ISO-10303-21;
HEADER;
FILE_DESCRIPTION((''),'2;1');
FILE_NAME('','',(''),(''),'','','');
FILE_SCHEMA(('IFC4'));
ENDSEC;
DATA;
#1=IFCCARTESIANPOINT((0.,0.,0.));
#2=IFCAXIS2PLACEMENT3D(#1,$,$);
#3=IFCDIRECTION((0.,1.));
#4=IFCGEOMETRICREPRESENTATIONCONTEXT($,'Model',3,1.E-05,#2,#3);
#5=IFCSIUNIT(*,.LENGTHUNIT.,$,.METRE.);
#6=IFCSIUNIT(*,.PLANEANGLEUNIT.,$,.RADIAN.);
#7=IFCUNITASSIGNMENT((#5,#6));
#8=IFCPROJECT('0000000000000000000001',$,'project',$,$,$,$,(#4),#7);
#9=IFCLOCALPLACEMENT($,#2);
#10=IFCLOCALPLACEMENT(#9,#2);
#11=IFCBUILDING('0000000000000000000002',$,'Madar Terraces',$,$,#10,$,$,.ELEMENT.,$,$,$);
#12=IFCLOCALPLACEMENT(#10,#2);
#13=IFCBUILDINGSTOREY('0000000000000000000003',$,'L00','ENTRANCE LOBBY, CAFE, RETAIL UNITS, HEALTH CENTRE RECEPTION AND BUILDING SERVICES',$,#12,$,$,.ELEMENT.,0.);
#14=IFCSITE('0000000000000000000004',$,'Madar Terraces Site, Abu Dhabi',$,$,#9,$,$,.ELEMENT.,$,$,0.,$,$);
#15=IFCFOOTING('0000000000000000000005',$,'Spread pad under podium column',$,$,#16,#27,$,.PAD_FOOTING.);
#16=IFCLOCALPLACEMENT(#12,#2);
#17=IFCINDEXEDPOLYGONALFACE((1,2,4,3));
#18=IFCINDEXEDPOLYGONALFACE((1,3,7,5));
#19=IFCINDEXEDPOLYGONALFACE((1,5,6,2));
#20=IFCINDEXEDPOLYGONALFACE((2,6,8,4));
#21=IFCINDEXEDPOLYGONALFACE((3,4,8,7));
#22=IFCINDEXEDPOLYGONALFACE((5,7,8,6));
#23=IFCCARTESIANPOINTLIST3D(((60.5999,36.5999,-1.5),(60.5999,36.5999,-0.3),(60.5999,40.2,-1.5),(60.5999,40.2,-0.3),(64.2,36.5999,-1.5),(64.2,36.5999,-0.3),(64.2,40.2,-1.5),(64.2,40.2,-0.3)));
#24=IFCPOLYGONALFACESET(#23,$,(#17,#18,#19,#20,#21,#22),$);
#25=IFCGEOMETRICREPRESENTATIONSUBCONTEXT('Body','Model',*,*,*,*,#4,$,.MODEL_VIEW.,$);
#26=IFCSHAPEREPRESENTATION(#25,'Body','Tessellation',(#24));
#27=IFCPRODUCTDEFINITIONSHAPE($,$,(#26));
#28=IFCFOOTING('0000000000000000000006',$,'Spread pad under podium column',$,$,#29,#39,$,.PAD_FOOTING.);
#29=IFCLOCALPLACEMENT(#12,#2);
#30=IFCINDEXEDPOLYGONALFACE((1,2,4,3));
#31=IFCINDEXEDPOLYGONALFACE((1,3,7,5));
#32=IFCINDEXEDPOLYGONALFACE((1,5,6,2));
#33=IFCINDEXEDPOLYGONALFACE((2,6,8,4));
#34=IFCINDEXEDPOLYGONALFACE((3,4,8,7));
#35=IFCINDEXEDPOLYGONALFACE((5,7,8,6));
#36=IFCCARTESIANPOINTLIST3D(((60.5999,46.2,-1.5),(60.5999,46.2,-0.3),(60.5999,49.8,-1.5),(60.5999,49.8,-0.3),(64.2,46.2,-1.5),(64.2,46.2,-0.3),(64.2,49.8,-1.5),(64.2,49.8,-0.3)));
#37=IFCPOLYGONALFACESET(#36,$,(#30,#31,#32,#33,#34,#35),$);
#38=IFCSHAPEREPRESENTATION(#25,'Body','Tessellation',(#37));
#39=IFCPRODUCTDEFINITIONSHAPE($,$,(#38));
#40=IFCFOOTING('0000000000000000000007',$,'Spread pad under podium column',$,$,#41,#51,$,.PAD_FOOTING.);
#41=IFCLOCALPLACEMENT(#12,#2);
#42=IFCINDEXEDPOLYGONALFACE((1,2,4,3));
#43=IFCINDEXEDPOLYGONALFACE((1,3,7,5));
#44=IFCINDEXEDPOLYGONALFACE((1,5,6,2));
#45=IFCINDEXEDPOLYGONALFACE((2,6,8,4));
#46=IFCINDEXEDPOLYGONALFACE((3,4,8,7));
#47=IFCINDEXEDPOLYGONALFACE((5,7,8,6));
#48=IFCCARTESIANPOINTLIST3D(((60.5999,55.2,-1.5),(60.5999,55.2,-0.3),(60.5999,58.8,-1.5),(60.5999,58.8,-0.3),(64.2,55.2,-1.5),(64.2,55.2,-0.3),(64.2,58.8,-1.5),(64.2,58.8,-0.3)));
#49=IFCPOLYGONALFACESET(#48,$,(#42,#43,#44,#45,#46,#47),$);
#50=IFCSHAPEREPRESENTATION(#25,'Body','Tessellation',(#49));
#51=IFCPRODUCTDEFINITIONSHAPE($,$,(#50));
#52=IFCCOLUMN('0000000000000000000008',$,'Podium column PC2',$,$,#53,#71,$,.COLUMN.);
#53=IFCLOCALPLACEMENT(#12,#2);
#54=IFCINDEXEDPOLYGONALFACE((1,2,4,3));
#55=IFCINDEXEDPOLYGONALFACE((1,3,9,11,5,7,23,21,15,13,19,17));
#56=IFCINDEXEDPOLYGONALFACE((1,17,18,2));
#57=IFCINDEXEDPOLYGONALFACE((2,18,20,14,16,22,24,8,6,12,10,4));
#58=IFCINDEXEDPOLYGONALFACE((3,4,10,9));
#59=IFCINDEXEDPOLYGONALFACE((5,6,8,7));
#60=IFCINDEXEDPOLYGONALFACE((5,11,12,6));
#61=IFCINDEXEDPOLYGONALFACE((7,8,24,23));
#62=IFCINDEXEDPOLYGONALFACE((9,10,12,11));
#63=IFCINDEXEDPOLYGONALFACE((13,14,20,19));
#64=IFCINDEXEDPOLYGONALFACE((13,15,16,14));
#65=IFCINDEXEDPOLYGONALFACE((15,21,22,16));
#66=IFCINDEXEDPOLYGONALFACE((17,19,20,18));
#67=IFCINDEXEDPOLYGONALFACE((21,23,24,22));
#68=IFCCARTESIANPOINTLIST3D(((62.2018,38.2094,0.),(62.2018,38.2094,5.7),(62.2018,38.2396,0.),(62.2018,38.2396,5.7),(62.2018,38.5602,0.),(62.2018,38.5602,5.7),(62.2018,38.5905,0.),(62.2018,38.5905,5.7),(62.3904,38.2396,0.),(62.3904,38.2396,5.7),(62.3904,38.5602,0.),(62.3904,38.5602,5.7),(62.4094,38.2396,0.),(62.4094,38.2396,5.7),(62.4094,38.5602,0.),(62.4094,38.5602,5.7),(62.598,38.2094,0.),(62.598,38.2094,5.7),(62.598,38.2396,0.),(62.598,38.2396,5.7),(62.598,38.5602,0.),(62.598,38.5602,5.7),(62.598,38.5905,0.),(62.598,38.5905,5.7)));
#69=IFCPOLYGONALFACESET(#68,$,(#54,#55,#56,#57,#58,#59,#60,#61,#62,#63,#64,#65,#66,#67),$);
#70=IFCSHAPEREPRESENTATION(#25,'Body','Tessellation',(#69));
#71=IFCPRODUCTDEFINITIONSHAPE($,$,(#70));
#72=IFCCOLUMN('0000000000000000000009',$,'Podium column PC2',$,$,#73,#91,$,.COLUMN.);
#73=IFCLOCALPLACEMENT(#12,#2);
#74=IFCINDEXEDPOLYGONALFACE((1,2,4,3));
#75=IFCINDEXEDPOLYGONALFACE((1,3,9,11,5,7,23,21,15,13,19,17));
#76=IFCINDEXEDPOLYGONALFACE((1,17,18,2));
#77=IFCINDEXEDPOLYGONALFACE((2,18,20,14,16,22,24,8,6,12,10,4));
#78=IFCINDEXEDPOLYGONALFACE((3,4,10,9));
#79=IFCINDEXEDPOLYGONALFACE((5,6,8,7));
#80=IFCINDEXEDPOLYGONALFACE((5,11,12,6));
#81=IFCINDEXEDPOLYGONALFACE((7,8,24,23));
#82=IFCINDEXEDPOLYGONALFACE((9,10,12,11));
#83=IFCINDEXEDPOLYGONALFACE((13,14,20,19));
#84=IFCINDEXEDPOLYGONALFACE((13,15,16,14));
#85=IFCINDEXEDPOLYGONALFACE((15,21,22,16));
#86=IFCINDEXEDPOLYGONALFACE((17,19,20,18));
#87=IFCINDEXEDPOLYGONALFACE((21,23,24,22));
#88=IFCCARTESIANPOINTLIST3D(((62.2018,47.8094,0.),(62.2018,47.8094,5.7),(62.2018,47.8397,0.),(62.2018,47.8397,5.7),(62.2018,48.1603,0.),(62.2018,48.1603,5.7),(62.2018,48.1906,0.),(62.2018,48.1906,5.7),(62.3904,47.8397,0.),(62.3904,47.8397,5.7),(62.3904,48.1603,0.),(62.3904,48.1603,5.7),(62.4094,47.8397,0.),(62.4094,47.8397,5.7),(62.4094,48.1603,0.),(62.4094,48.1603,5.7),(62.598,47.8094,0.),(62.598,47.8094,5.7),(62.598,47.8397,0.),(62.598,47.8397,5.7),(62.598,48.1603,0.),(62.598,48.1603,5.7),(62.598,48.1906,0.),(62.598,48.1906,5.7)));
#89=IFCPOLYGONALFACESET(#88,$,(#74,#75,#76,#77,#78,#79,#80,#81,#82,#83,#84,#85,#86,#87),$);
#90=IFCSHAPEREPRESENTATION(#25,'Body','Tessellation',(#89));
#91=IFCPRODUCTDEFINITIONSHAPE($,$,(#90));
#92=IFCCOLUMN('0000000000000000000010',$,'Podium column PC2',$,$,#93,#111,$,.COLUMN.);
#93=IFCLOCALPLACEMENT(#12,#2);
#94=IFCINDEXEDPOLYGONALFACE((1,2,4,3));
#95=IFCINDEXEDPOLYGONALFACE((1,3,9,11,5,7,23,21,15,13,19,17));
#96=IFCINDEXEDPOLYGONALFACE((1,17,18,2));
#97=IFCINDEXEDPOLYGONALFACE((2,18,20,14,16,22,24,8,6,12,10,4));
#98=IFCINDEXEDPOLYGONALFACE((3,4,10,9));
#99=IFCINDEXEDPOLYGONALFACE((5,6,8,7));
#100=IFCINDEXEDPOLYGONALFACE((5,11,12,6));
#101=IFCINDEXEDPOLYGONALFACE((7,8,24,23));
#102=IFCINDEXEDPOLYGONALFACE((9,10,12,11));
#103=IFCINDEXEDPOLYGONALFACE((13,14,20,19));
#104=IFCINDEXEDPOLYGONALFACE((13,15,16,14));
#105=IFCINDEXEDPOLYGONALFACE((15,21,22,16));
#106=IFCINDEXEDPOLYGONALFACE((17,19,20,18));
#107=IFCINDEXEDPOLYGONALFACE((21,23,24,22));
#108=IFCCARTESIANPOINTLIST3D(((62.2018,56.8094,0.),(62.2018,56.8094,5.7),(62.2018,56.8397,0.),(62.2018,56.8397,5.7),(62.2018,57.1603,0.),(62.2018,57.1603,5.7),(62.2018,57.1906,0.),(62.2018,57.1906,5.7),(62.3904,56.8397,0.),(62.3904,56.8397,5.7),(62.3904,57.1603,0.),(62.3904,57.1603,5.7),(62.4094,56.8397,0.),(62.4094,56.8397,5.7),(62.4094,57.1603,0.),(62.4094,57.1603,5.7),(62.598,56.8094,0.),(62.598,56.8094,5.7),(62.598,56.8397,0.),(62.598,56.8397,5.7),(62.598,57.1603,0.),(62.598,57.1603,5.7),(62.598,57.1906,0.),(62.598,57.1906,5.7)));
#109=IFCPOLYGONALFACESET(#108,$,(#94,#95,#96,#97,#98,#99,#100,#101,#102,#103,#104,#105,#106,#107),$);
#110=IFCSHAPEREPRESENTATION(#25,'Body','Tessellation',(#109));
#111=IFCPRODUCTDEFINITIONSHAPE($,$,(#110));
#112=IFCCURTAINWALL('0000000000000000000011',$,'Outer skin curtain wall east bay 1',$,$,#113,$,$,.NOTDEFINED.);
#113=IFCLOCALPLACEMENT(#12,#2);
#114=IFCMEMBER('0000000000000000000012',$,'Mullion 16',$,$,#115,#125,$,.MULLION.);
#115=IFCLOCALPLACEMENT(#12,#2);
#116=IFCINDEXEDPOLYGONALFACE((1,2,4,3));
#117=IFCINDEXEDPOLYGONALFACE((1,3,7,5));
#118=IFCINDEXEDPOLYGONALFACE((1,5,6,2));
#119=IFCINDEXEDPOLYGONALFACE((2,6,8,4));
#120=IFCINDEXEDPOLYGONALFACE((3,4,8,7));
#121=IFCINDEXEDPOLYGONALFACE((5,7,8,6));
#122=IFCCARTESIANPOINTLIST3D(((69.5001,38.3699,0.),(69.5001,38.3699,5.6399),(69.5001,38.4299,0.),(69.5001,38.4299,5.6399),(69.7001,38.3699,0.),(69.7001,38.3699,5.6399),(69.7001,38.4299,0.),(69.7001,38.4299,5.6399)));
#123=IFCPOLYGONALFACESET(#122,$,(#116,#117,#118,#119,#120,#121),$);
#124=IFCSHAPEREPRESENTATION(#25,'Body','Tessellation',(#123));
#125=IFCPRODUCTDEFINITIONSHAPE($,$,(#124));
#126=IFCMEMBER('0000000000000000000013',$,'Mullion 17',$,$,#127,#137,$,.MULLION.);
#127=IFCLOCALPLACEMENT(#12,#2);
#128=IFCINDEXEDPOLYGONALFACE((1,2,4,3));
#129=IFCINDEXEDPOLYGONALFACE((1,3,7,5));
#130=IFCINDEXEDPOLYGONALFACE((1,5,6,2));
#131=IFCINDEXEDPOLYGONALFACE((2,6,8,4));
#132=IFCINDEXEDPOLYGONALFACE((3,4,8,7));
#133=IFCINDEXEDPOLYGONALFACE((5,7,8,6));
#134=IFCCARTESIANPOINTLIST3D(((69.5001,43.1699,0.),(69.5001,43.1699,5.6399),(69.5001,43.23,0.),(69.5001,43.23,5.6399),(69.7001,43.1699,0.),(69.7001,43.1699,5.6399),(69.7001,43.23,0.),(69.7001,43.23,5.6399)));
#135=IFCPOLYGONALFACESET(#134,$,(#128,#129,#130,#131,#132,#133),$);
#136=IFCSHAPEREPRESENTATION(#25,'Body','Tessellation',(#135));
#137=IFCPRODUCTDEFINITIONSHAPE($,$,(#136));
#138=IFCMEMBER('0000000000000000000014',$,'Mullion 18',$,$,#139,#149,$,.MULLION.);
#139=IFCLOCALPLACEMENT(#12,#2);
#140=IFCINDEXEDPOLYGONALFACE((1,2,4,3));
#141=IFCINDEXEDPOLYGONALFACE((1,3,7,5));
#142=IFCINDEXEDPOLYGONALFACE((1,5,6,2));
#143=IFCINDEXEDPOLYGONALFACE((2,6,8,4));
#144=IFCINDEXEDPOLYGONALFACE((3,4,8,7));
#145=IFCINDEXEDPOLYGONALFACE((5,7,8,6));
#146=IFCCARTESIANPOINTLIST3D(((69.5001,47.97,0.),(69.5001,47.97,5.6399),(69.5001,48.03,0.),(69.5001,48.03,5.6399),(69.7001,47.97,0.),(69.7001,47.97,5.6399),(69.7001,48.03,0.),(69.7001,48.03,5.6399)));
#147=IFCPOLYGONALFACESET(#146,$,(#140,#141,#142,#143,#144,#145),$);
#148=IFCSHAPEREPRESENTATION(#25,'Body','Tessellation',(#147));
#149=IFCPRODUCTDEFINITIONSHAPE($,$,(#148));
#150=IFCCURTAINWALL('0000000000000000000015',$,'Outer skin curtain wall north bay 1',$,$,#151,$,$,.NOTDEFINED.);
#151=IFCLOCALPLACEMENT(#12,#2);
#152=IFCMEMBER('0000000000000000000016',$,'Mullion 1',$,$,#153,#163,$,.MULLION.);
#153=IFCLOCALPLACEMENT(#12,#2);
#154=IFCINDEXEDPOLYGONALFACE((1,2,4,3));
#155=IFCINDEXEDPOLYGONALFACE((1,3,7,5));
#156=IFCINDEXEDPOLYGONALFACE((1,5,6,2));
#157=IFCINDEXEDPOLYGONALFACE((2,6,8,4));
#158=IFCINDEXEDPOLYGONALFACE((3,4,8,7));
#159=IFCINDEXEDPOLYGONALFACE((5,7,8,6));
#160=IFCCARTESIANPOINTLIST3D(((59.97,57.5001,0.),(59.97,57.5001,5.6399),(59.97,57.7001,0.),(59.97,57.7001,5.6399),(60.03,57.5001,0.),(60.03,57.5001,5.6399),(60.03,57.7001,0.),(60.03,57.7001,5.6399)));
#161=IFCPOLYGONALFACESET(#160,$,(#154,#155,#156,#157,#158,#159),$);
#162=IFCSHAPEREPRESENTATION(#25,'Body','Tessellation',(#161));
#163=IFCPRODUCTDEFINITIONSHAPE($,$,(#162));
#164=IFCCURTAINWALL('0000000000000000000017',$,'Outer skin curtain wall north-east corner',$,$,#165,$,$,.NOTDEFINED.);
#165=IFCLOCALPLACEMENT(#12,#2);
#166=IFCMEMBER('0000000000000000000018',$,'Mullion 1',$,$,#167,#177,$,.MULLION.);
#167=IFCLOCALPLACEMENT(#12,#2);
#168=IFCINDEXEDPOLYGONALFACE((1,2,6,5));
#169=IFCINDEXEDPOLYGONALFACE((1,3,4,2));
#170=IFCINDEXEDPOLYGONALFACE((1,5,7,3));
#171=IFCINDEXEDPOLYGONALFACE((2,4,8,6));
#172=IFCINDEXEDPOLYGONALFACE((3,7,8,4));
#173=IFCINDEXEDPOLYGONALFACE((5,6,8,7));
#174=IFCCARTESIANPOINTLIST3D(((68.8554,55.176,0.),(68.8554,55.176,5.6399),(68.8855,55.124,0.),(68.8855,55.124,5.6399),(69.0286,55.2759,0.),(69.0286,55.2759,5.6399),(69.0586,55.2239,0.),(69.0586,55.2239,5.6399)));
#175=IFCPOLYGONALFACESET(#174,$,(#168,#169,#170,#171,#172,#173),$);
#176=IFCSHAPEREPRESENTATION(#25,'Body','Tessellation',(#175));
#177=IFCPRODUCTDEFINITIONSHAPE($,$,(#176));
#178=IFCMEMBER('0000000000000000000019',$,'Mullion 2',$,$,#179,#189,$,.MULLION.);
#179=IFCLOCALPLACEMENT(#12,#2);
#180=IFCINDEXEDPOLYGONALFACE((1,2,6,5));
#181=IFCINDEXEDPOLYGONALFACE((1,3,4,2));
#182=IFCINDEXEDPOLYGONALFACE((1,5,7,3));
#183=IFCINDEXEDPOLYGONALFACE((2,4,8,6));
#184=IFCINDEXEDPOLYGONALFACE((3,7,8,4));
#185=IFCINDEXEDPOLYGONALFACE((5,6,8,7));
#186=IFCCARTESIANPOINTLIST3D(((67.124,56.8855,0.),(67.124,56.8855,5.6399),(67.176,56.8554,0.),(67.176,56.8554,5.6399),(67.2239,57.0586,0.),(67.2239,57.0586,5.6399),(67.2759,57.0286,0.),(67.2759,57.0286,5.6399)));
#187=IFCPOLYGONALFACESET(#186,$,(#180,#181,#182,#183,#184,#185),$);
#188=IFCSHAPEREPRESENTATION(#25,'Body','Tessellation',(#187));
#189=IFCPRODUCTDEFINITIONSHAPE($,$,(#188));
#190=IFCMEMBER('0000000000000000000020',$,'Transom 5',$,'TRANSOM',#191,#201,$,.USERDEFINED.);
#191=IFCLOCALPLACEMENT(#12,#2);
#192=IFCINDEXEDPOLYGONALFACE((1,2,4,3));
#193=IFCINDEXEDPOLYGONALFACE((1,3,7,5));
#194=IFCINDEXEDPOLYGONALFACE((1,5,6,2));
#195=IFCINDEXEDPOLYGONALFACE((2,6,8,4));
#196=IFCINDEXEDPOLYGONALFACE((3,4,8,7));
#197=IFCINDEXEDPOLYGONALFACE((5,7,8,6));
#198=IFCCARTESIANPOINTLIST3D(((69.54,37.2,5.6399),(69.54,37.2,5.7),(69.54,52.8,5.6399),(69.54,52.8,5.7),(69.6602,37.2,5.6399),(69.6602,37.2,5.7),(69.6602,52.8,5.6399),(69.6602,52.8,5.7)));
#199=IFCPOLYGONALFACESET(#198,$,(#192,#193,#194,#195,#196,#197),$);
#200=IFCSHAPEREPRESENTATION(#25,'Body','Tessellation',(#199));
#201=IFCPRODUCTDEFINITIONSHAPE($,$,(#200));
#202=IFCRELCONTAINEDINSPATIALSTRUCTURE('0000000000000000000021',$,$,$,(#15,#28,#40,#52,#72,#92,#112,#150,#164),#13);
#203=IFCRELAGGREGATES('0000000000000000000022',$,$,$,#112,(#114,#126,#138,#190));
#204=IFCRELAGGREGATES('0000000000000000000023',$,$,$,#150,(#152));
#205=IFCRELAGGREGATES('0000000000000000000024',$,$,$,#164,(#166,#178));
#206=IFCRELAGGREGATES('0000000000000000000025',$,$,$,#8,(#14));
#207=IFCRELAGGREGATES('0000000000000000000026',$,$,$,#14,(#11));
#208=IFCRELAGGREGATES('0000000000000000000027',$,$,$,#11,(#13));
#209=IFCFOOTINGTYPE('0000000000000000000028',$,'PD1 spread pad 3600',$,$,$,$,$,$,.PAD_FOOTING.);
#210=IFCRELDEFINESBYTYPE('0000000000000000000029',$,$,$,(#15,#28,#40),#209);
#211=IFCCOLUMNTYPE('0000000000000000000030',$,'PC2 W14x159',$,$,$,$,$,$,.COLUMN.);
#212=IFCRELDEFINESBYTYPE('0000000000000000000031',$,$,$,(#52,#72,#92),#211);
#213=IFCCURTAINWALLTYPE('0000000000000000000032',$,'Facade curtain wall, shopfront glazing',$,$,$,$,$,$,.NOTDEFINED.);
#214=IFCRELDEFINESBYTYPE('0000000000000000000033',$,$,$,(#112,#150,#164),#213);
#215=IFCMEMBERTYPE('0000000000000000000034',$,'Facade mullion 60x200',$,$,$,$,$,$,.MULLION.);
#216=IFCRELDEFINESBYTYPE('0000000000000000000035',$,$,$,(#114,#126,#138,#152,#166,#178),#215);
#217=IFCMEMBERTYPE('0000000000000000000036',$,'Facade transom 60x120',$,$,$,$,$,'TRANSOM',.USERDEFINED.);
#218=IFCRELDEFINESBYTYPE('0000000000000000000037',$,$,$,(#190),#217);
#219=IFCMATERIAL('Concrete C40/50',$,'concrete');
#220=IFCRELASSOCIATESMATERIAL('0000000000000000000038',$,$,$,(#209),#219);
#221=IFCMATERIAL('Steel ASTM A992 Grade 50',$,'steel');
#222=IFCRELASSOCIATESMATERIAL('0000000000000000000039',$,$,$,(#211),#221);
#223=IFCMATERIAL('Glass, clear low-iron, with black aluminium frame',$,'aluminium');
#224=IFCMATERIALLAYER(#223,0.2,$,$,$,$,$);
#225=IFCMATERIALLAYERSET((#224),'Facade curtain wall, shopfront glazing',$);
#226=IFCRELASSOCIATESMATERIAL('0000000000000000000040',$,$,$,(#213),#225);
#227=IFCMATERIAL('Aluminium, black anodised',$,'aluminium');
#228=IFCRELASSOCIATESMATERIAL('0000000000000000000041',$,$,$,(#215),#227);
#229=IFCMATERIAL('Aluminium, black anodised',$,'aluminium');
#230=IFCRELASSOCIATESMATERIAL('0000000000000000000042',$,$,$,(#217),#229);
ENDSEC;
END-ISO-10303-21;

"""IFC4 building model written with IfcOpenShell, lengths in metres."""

from ifc_helpers import new_model, si_unit, direction, frame, origin, origin_2d, place, context, subcontext, project, spatial, rectangle, i_section, extrude, material, layer, layer_set, material_profile, profile_set, type_object, element, aggregate, save


model = new_model("IFC4")

# Units and contexts
model_context = context("Model", 3, precision=1e-05, world=origin(), true_north=direction((0.0, 1.0)))
body_context = subcontext(model_context, "Body", "Model", "MODEL_VIEW")
ifc_project = project(units=[si_unit("LENGTHUNIT", "METRE"), si_unit("PLANEANGLEUNIT", "RADIAN")], contexts=[model_context])

# Site, building, storey
site_placement = place(None, origin())
site = spatial("IfcSite", under=ifc_project, at=site_placement, Name="Madar Terraces Site, Abu Dhabi", CompositionType="ELEMENT", RefElevation=0.0)
building_placement = place(site_placement, origin())
building = spatial("IfcBuilding", under=site, at=building_placement, Name="Madar Terraces", CompositionType="ELEMENT")
storey_placement = place(building_placement, origin())
storey = spatial("IfcBuildingStorey", under=building, at=storey_placement, Name="L00", Description="ENTRANCE LOBBY, CAFE, RETAIL UNITS, HEALTH CENTRE RECEPTION AND BUILDING SERVICES", CompositionType="ELEMENT", Elevation=0.0)

# Footings
ifc_material_1 = material(Name="Concrete C40/50", Category="concrete")
footing_type = type_object("IfcFootingType", Name="PD1 spread pad 3600", PredefinedType="PAD_FOOTING", material=ifc_material_1)
for number, where, z_axis, x_axis, name in (
    (1, (62.3999, 38.3999, -1.5), (0.0, 0.0, 1.0), (1.0, 0.0, 0.0), "Spread pad under podium column"),
    (2, (62.3999, 48.0, -1.5), (0.0, 0.0, 1.0), (1.0, 0.0, 0.0), "Spread pad under podium column"),
    (3, (62.3999, 57.0, -1.5), (0.0, 0.0, 1.0), (1.0, 0.0, 0.0), "Spread pad under podium column"),
):
    element("IfcFooting", number, at=place(storey_placement, frame(where, z_axis=z_axis, x_axis=x_axis)), inside=storey, type_object=footing_type, Name=name, PredefinedType="PAD_FOOTING", context=body_context, shape_type="SweptSolid", body=[
        extrude(rectangle(XDim=3.6001, YDim=3.6001, at=origin_2d()), origin(), (0.0, 0.0, 1.0), 1.2),
    ])

# Columns
ifc_material_2 = material(Name="Steel ASTM A992 Grade 50", Category="steel")
ifc_material_profile_1 = material_profile(ifc_material_2, i_section(OverallWidth=0.3962, OverallDepth=0.3811, WebThickness=0.019, FlangeThickness=0.0303, at=origin_2d()), Name="W14x159")
ifc_profile_set_1 = profile_set([ifc_material_profile_1], Name="Steel ASTM A992 Grade 50")
column_type = type_object("IfcColumnType", Name="PC2 W14x159", PredefinedType="COLUMN", material=ifc_profile_set_1)
for number, where, z_axis, x_axis, name in (
    (4, (62.3999, 38.3999, 0.0), (0.0, 0.0, 1.0), (1.0, 0.0, 0.0), "Podium column PC2"),
    (5, (62.3999, 48.0, 0.0), (0.0, 0.0, 1.0), (1.0, 0.0, 0.0), "Podium column PC2"),
    (6, (62.3999, 57.0, 0.0), (0.0, 0.0, 1.0), (1.0, 0.0, 0.0), "Podium column PC2"),
):
    element("IfcColumn", number, at=place(storey_placement, frame(where, z_axis=z_axis, x_axis=x_axis)), inside=storey, type_object=column_type, Name=name, PredefinedType="COLUMN", context=body_context, shape_type="SweptSolid", body=[
        extrude(i_section(OverallWidth=0.3962, OverallDepth=0.3811, WebThickness=0.019, FlangeThickness=0.0303, at=origin_2d()), origin(), (0.0, 0.0, 1.0), 5.7),
    ])

# Curtain wall, members
ifc_material_3 = material(Name="Glass, clear low-iron, with black aluminium frame", Category="aluminium")
ifc_layer_1 = layer(ifc_material_3, 0.2)
ifc_layer_set_1 = layer_set([ifc_layer_1], Name="Facade curtain wall, shopfront glazing")
curtain_wall_type = type_object("IfcCurtainWallType", Name="Facade curtain wall, shopfront glazing", PredefinedType="NOTDEFINED", material=ifc_layer_set_1)
curtain_wall_1_placement = place(storey_placement, origin())
curtain_wall_1 = element("IfcCurtainWall", 7, at=curtain_wall_1_placement, inside=storey, type_object=curtain_wall_type, Name="Outer skin curtain wall east bay 1", PredefinedType="NOTDEFINED")
ifc_material_4 = material(Name="Aluminium, black anodised", Category="aluminium")
ifc_material_profile_2 = material_profile(ifc_material_4, rectangle(XDim=0.2, YDim=0.0601, at=origin_2d()), Name="Facade mullion 60x200")
ifc_profile_set_2 = profile_set([ifc_material_profile_2], Name="Aluminium, black anodised")
member_type_1 = type_object("IfcMemberType", Name="Facade mullion 60x200", PredefinedType="MULLION", material=ifc_profile_set_2)
member_1_placement = place(storey_placement, frame((69.6001, 38.3999, 0.0), z_axis=(0.0, 0.0, 1.0), x_axis=(-1.0, 0.0, 0.0)))
member_1 = element("IfcMember", 8, at=member_1_placement, type_object=member_type_1, Name="Mullion 16", PredefinedType="MULLION", context=body_context, shape_type="SweptSolid", body=[
    extrude(rectangle(XDim=0.2, YDim=0.0601, at=origin_2d()), origin(), (0.0, 0.0, 1.0), 5.6399),
])
member_2_placement = place(storey_placement, frame((69.6001, 43.2, 0.0), z_axis=(0.0, 0.0, 1.0), x_axis=(-1.0, 0.0, 0.0)))
member_2 = element("IfcMember", 9, at=member_2_placement, type_object=member_type_1, Name="Mullion 17", PredefinedType="MULLION", context=body_context, shape_type="SweptSolid", body=[
    extrude(rectangle(XDim=0.2, YDim=0.0601, at=origin_2d()), origin(), (0.0, 0.0, 1.0), 5.6399),
])
member_3_placement = place(storey_placement, frame((69.6001, 48.0, 0.0), z_axis=(0.0, 0.0, 1.0), x_axis=(-1.0, 0.0, 0.0)))
member_3 = element("IfcMember", 10, at=member_3_placement, type_object=member_type_1, Name="Mullion 18", PredefinedType="MULLION", context=body_context, shape_type="SweptSolid", body=[
    extrude(rectangle(XDim=0.2, YDim=0.0601, at=origin_2d()), origin(), (0.0, 0.0, 1.0), 5.6399),
])

# Curtain wall, member
curtain_wall_2_placement = place(storey_placement, origin())
curtain_wall_2 = element("IfcCurtainWall", 11, at=curtain_wall_2_placement, inside=storey, type_object=curtain_wall_type, Name="Outer skin curtain wall north bay 1", PredefinedType="NOTDEFINED")
member_4_placement = place(storey_placement, frame((60.0, 57.6001, 0.0), z_axis=(0.0, 0.0, 1.0), x_axis=(0.0, -1.0, 0.0)))
member_4 = element("IfcMember", 12, at=member_4_placement, type_object=member_type_1, Name="Mullion 1", PredefinedType="MULLION", context=body_context, shape_type="SweptSolid", body=[
    extrude(rectangle(XDim=0.2, YDim=0.0601, at=origin_2d()), origin(), (0.0, 0.0, 1.0), 5.6399),
])

# Curtain wall, members
curtain_wall_3_placement = place(storey_placement, origin())
curtain_wall_3 = element("IfcCurtainWall", 13, at=curtain_wall_3_placement, inside=storey, type_object=curtain_wall_type, Name="Outer skin curtain wall north-east corner", PredefinedType="NOTDEFINED")
member_5_placement = place(storey_placement, frame((68.957, 55.2, 0.0), z_axis=(0.0, 0.0, 1.0), x_axis=(-0.866025, -0.5, 0.0)))
member_5 = element("IfcMember", 14, at=member_5_placement, type_object=member_type_1, Name="Mullion 1", PredefinedType="MULLION", context=body_context, shape_type="SweptSolid", body=[
    extrude(rectangle(XDim=0.2, YDim=0.0601, at=origin_2d()), origin(), (0.0, 0.0, 1.0), 5.6399),
])
member_6_placement = place(storey_placement, frame((67.2, 56.957, 0.0), z_axis=(0.0, 0.0, 1.0), x_axis=(-0.5, -0.866025, 0.0)))
member_6 = element("IfcMember", 15, at=member_6_placement, type_object=member_type_1, Name="Mullion 2", PredefinedType="MULLION", context=body_context, shape_type="SweptSolid", body=[
    extrude(rectangle(XDim=0.2, YDim=0.0601, at=origin_2d()), origin(), (0.0, 0.0, 1.0), 5.6399),
])

# Member
ifc_material_5 = material(Name="Aluminium, black anodised", Category="aluminium")
ifc_material_profile_3 = material_profile(ifc_material_5, rectangle(XDim=0.1201, YDim=0.0601, at=origin_2d()), Name="Facade transom 60x120")
ifc_profile_set_3 = profile_set([ifc_material_profile_3], Name="Aluminium, black anodised")
member_type_2 = type_object("IfcMemberType", Name="Facade transom 60x120", ElementType="TRANSOM", PredefinedType="USERDEFINED", material=ifc_profile_set_3)
member_7_placement = place(storey_placement, frame((69.6001, 37.2, 5.6699), z_axis=(0.0, 1.0, 0.0), x_axis=(-1.0, 0.0, 0.0)))
member_7 = element("IfcMember", 16, at=member_7_placement, type_object=member_type_2, Name="Transom 5", ObjectType="TRANSOM", PredefinedType="USERDEFINED", context=body_context, shape_type="SweptSolid", body=[
    extrude(rectangle(XDim=0.1201, YDim=0.0601, at=origin_2d()), origin(), (0.0, 0.0, 1.0), 15.6001),
])

aggregate(curtain_wall_1, [member_1, member_2, member_3, member_7])
aggregate(curtain_wall_2, [member_4])
aggregate(curtain_wall_3, [member_5, member_6])

save(model, "model.ifc")
